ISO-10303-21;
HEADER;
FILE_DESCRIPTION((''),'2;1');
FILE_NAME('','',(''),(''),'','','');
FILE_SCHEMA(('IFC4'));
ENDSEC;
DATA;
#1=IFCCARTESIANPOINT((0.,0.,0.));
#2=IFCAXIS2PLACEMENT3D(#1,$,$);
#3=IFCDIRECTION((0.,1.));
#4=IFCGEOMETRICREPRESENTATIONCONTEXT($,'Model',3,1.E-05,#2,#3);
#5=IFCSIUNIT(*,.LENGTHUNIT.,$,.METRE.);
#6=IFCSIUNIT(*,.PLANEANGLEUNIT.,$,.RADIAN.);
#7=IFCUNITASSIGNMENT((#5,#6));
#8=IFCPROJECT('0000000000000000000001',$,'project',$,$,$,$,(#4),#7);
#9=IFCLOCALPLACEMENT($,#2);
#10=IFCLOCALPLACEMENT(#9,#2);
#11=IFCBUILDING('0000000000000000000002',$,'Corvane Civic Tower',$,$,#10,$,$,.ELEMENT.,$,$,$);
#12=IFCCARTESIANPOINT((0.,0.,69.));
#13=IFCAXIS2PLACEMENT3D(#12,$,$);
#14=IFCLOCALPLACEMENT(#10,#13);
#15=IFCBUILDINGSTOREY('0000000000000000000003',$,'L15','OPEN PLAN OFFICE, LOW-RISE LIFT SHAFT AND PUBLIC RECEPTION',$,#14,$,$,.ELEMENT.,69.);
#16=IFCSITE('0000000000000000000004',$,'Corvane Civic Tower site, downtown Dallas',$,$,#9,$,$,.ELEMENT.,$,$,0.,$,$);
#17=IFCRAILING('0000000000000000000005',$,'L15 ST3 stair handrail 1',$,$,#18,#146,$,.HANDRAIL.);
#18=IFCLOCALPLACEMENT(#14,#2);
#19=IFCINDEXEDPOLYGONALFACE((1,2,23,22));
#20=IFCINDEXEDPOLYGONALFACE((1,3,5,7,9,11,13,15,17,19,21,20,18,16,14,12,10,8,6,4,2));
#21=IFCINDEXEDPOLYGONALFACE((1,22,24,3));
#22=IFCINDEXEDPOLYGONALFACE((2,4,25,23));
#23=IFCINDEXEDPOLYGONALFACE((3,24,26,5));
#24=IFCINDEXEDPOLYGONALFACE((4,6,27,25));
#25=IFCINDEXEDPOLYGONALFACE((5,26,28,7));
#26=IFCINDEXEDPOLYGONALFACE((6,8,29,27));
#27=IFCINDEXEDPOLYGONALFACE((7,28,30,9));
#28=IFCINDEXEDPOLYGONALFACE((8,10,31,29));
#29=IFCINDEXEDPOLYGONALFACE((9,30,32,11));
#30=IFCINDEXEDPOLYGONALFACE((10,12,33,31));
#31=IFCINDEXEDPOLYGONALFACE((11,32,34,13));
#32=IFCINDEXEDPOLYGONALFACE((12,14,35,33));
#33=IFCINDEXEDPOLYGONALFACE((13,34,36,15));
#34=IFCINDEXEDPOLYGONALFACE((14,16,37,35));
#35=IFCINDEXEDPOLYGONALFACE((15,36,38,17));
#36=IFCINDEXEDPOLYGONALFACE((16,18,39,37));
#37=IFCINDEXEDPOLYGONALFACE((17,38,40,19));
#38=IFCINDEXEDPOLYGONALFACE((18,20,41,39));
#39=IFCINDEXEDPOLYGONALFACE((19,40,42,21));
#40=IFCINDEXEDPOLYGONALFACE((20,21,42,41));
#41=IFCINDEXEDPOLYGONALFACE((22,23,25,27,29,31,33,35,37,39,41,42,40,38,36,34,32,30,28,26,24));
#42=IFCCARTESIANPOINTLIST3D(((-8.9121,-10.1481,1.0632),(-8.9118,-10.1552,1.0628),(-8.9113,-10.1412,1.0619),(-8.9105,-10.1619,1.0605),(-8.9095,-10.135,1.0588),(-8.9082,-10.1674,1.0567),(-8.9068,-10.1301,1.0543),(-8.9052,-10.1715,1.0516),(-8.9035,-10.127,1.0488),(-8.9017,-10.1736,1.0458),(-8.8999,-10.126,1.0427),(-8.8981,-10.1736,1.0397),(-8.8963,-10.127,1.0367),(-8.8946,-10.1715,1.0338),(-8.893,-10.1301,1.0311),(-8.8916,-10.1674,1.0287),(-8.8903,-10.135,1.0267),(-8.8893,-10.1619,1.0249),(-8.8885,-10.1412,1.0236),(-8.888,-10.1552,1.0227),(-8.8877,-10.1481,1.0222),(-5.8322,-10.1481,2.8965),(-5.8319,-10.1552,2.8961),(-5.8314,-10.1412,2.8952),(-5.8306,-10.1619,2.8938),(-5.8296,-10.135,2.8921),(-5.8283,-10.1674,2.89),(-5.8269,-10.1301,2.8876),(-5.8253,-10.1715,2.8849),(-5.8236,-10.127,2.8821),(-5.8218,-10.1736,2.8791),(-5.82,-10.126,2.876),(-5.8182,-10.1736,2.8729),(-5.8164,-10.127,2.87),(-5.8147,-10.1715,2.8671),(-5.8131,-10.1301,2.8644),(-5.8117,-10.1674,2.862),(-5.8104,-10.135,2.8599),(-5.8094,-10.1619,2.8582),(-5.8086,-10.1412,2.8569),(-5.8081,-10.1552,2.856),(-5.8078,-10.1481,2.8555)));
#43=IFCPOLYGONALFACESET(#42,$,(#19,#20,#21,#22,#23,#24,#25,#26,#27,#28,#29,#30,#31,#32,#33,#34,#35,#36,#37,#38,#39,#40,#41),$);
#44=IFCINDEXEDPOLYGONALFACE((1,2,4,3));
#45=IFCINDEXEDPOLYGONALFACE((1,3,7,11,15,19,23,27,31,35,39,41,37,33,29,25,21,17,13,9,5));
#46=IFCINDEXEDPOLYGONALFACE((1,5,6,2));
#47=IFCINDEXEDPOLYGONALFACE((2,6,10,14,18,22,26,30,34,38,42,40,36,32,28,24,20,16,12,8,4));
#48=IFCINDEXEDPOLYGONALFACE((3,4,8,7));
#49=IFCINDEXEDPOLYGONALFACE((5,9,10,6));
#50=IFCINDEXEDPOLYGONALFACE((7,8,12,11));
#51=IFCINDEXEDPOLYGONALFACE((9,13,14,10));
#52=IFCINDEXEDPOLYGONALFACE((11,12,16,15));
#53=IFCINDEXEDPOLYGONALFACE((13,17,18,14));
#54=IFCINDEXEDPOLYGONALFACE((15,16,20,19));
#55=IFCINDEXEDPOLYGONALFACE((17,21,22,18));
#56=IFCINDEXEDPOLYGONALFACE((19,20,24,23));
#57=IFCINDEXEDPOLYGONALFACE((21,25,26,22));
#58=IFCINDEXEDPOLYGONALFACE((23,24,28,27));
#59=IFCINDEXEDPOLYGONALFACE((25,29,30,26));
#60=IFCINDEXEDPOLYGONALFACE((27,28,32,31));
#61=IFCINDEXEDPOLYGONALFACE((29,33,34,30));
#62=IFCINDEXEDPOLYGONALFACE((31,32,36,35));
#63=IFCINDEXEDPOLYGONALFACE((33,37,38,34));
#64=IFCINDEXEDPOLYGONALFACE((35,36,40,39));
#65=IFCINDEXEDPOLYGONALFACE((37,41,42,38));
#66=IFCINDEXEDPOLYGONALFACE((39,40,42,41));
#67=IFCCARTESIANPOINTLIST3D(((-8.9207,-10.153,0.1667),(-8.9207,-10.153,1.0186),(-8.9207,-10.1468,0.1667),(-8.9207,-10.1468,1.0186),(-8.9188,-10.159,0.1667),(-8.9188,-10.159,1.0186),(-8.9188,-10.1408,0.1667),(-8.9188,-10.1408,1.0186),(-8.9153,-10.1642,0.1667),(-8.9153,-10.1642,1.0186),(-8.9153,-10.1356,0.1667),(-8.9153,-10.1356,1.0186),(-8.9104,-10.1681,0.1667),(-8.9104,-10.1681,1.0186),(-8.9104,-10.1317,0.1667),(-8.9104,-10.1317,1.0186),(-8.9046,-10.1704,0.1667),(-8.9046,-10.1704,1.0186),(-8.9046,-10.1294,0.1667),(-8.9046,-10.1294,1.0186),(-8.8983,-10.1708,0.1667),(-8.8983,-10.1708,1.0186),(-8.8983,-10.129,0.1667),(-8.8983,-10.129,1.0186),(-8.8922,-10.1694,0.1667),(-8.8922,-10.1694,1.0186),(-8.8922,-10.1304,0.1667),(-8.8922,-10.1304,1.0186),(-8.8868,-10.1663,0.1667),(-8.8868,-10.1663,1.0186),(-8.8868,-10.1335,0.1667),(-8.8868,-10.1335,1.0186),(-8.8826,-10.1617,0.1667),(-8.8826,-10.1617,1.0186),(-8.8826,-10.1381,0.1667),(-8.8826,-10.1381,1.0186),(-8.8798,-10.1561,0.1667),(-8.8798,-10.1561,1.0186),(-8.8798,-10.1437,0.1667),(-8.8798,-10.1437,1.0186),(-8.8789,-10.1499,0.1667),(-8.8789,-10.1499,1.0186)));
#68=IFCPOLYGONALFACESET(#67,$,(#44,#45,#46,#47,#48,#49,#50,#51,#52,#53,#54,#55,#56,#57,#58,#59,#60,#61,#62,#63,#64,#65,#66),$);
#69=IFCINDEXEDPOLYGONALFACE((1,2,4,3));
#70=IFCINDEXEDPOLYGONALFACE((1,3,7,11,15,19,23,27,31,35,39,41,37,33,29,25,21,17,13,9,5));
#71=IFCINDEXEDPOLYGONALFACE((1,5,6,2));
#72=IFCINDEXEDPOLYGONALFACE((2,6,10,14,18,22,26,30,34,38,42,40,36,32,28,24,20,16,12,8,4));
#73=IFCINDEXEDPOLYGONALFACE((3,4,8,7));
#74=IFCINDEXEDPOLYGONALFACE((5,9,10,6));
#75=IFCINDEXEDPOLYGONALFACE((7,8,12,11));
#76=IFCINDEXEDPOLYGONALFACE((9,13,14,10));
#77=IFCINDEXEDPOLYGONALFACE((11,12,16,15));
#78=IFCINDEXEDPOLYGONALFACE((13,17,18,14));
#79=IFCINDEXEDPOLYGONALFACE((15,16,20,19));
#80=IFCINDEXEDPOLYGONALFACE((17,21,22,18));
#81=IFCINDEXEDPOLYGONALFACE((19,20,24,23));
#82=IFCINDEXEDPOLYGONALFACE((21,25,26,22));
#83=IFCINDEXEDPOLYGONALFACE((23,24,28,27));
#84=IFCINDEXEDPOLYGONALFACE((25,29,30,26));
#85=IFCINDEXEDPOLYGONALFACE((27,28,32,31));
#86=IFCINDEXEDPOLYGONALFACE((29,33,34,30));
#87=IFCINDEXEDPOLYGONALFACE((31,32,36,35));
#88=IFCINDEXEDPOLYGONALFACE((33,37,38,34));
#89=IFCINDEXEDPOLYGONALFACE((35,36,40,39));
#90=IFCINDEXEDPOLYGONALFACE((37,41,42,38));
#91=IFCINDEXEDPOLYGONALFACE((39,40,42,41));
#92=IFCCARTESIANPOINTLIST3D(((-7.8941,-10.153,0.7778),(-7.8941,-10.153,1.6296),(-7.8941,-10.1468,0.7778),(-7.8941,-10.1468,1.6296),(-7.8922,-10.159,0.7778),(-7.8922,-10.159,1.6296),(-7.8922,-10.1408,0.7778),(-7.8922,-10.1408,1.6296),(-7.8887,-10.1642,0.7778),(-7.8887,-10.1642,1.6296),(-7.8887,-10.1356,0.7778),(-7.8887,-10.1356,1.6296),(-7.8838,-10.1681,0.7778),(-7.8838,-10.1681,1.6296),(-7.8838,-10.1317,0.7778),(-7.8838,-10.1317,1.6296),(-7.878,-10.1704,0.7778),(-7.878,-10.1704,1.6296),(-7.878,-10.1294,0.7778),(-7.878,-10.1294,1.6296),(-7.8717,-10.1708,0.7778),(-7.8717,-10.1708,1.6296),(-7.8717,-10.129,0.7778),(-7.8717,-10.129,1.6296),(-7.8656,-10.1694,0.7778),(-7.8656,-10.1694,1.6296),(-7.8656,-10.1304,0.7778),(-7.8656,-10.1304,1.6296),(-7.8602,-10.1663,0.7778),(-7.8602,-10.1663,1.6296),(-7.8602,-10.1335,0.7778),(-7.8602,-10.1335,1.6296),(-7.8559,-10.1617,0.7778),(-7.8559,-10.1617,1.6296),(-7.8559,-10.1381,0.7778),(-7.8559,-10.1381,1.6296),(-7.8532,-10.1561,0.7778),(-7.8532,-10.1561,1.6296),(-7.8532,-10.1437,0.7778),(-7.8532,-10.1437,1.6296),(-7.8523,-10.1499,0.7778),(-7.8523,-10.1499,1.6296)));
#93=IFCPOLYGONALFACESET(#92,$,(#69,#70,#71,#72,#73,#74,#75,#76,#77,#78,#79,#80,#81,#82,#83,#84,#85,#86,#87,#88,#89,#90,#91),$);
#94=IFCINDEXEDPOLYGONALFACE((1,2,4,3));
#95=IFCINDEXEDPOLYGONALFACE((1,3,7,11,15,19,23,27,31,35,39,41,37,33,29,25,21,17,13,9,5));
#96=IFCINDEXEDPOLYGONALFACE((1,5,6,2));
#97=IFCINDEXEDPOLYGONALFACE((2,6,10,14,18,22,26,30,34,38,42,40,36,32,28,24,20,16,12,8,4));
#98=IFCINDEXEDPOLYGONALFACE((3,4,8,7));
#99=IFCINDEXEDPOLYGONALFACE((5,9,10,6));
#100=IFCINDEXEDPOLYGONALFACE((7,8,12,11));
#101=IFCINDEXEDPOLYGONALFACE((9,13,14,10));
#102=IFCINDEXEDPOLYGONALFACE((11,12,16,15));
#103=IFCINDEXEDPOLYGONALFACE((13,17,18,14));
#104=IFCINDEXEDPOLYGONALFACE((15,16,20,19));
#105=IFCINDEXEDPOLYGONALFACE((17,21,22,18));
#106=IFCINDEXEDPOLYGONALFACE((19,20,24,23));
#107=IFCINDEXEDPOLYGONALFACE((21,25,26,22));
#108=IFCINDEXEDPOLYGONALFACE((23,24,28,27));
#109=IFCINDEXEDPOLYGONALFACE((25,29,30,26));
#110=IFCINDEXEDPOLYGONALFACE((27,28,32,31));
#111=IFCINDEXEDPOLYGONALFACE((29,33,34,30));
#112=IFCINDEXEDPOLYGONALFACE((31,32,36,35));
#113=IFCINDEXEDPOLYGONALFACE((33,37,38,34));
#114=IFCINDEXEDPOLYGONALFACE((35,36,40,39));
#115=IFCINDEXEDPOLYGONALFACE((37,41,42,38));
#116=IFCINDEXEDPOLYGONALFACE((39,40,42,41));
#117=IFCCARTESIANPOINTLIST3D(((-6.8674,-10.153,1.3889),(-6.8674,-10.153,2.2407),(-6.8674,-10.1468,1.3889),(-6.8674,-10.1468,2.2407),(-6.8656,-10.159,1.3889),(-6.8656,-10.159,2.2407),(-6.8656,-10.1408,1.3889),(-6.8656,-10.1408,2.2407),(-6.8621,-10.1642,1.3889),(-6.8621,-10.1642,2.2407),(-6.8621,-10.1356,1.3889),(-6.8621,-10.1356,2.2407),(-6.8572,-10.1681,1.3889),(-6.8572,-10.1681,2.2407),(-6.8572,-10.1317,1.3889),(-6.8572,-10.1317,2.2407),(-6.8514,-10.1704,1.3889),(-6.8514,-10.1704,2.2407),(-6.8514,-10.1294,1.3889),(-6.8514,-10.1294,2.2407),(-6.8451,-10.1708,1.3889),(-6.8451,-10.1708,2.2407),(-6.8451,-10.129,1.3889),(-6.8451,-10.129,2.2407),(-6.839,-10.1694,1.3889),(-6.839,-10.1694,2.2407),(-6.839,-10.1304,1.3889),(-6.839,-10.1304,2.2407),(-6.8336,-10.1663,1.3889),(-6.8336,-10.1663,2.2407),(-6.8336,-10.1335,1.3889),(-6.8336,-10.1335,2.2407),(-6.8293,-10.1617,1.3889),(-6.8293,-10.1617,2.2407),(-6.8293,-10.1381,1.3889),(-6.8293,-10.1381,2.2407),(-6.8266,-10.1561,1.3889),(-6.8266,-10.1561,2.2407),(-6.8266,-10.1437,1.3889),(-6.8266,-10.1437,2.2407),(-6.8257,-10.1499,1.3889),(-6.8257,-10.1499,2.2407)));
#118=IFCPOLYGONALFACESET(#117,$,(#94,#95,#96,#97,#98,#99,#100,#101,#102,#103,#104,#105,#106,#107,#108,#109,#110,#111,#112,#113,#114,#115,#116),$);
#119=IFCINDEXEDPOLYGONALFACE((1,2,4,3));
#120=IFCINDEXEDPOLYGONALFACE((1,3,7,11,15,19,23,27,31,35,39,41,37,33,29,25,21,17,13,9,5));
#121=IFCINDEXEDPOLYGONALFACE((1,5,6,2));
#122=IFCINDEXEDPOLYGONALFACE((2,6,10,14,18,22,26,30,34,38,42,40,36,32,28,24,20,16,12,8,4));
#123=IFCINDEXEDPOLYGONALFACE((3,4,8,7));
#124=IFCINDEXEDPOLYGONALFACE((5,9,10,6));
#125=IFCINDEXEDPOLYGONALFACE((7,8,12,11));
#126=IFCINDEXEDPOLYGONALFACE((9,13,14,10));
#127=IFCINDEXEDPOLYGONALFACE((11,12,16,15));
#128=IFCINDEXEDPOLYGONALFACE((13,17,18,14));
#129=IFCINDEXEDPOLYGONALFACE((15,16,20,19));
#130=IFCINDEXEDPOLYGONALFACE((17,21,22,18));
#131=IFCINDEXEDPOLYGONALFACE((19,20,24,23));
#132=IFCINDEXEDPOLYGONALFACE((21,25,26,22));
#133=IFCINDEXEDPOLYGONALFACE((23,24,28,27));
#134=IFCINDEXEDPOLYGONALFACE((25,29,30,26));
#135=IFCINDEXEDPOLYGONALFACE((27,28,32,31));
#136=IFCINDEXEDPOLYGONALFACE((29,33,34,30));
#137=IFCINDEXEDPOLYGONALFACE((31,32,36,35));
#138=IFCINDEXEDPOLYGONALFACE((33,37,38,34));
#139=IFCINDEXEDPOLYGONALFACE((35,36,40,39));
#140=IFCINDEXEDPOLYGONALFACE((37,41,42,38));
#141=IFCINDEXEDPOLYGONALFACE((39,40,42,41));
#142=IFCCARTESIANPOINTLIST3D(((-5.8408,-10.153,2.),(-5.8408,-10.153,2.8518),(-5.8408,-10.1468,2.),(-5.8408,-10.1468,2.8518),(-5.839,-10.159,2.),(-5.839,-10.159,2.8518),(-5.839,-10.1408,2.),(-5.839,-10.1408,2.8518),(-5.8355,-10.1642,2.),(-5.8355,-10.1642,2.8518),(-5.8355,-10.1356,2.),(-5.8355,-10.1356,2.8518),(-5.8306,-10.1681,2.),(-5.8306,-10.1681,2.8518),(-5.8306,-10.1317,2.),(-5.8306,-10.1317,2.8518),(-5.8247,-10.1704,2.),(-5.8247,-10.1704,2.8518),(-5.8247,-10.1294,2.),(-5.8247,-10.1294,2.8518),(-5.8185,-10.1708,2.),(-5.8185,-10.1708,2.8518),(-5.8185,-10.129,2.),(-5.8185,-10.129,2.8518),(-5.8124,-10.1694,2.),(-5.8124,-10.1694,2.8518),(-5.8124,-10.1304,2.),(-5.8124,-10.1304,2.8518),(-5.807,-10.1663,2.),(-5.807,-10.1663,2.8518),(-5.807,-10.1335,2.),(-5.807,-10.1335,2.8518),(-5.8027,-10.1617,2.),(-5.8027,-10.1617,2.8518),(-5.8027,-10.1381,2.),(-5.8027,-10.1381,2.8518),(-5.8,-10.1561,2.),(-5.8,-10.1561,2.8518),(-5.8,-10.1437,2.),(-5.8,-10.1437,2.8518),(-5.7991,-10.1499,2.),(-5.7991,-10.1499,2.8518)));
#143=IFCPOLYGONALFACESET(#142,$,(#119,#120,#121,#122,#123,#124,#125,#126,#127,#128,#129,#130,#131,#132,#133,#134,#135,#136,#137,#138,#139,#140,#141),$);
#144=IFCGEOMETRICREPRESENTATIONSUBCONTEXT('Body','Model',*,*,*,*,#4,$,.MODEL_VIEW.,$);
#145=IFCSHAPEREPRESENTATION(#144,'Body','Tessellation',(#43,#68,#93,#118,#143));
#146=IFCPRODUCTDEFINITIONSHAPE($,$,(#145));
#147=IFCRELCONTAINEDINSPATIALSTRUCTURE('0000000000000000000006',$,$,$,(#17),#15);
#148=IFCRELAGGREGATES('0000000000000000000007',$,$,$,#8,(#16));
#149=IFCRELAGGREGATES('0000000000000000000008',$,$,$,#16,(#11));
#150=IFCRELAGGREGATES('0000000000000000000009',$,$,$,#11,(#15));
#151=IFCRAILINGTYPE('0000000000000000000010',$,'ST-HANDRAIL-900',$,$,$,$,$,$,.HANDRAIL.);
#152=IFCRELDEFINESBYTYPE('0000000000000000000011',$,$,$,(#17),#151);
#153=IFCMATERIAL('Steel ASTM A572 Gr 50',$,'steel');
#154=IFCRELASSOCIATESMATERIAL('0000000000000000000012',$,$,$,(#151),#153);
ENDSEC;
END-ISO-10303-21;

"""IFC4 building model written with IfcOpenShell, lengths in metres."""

from ifc_helpers import new_model, si_unit, direction, frame, origin, origin_2d, place, context, subcontext, project, spatial, circle, extrude, material, type_object, element, save


model = new_model("IFC4")

# Units and contexts
model_context = context("Model", 3, precision=1e-05, world=origin(), true_north=direction((0.0, 1.0)))
body_context = subcontext(model_context, "Body", "Model", "MODEL_VIEW")
ifc_project = project(units=[si_unit("LENGTHUNIT", "METRE"), si_unit("PLANEANGLEUNIT", "RADIAN")], contexts=[model_context])

# Site, building, storey
site_placement = place(None, origin())
site = spatial("IfcSite", under=ifc_project, at=site_placement, Name="Corvane Civic Tower site, downtown Dallas", CompositionType="ELEMENT", RefElevation=0.0)
building_placement = place(site_placement, origin())
building = spatial("IfcBuilding", under=site, at=building_placement, Name="Corvane Civic Tower", CompositionType="ELEMENT")
storey_placement = place(building_placement, frame((0.0, 0.0, 69.0)))
storey = spatial("IfcBuildingStorey", under=building, at=storey_placement, Name="L15", Description="OPEN PLAN OFFICE, LOW-RISE LIFT SHAFT AND PUBLIC RECEPTION", CompositionType="ELEMENT", Elevation=69.0)

# Railing
ifc_material_1 = material(Name="Steel ASTM A572 Gr 50", Category="steel")
railing_type = type_object("IfcRailingType", Name="ST-HANDRAIL-900", PredefinedType="HANDRAIL", material=ifc_material_1)
railing_1_placement = place(storey_placement, frame((-8.8999, -10.1499, 0.1667)))
element("IfcRailing", 1, at=railing_1_placement, inside=storey, type_object=railing_type, Name="L15 ST3 stair handrail 1", PredefinedType="HANDRAIL", context=body_context, shape_type="SweptSolid", body=[
    extrude(circle(Radius=0.0239, at=origin_2d()), frame((0.0, 0.0, 0.876), z_axis=(0.859291, 0.0, 0.511487), x_axis=(0.0, 1.0, 0.0)), (0.0, 0.0, 1.0), 3.5842),
    extrude(circle(Radius=0.021, at=origin_2d()), origin(), (0.0, 0.0, 1.0), 0.8518),
    extrude(circle(Radius=0.021, at=origin_2d()), frame((1.0266, 0.0, 0.6111)), (0.0, 0.0, 1.0), 0.8518),
    extrude(circle(Radius=0.021, at=origin_2d()), frame((2.0532, 0.0, 1.2222)), (0.0, 0.0, 1.0), 0.8518),
    extrude(circle(Radius=0.021, at=origin_2d()), frame((3.0798, 0.0, 1.8333)), (0.0, 0.0, 1.0), 0.8518),
])

save(model, "model.ifc")
